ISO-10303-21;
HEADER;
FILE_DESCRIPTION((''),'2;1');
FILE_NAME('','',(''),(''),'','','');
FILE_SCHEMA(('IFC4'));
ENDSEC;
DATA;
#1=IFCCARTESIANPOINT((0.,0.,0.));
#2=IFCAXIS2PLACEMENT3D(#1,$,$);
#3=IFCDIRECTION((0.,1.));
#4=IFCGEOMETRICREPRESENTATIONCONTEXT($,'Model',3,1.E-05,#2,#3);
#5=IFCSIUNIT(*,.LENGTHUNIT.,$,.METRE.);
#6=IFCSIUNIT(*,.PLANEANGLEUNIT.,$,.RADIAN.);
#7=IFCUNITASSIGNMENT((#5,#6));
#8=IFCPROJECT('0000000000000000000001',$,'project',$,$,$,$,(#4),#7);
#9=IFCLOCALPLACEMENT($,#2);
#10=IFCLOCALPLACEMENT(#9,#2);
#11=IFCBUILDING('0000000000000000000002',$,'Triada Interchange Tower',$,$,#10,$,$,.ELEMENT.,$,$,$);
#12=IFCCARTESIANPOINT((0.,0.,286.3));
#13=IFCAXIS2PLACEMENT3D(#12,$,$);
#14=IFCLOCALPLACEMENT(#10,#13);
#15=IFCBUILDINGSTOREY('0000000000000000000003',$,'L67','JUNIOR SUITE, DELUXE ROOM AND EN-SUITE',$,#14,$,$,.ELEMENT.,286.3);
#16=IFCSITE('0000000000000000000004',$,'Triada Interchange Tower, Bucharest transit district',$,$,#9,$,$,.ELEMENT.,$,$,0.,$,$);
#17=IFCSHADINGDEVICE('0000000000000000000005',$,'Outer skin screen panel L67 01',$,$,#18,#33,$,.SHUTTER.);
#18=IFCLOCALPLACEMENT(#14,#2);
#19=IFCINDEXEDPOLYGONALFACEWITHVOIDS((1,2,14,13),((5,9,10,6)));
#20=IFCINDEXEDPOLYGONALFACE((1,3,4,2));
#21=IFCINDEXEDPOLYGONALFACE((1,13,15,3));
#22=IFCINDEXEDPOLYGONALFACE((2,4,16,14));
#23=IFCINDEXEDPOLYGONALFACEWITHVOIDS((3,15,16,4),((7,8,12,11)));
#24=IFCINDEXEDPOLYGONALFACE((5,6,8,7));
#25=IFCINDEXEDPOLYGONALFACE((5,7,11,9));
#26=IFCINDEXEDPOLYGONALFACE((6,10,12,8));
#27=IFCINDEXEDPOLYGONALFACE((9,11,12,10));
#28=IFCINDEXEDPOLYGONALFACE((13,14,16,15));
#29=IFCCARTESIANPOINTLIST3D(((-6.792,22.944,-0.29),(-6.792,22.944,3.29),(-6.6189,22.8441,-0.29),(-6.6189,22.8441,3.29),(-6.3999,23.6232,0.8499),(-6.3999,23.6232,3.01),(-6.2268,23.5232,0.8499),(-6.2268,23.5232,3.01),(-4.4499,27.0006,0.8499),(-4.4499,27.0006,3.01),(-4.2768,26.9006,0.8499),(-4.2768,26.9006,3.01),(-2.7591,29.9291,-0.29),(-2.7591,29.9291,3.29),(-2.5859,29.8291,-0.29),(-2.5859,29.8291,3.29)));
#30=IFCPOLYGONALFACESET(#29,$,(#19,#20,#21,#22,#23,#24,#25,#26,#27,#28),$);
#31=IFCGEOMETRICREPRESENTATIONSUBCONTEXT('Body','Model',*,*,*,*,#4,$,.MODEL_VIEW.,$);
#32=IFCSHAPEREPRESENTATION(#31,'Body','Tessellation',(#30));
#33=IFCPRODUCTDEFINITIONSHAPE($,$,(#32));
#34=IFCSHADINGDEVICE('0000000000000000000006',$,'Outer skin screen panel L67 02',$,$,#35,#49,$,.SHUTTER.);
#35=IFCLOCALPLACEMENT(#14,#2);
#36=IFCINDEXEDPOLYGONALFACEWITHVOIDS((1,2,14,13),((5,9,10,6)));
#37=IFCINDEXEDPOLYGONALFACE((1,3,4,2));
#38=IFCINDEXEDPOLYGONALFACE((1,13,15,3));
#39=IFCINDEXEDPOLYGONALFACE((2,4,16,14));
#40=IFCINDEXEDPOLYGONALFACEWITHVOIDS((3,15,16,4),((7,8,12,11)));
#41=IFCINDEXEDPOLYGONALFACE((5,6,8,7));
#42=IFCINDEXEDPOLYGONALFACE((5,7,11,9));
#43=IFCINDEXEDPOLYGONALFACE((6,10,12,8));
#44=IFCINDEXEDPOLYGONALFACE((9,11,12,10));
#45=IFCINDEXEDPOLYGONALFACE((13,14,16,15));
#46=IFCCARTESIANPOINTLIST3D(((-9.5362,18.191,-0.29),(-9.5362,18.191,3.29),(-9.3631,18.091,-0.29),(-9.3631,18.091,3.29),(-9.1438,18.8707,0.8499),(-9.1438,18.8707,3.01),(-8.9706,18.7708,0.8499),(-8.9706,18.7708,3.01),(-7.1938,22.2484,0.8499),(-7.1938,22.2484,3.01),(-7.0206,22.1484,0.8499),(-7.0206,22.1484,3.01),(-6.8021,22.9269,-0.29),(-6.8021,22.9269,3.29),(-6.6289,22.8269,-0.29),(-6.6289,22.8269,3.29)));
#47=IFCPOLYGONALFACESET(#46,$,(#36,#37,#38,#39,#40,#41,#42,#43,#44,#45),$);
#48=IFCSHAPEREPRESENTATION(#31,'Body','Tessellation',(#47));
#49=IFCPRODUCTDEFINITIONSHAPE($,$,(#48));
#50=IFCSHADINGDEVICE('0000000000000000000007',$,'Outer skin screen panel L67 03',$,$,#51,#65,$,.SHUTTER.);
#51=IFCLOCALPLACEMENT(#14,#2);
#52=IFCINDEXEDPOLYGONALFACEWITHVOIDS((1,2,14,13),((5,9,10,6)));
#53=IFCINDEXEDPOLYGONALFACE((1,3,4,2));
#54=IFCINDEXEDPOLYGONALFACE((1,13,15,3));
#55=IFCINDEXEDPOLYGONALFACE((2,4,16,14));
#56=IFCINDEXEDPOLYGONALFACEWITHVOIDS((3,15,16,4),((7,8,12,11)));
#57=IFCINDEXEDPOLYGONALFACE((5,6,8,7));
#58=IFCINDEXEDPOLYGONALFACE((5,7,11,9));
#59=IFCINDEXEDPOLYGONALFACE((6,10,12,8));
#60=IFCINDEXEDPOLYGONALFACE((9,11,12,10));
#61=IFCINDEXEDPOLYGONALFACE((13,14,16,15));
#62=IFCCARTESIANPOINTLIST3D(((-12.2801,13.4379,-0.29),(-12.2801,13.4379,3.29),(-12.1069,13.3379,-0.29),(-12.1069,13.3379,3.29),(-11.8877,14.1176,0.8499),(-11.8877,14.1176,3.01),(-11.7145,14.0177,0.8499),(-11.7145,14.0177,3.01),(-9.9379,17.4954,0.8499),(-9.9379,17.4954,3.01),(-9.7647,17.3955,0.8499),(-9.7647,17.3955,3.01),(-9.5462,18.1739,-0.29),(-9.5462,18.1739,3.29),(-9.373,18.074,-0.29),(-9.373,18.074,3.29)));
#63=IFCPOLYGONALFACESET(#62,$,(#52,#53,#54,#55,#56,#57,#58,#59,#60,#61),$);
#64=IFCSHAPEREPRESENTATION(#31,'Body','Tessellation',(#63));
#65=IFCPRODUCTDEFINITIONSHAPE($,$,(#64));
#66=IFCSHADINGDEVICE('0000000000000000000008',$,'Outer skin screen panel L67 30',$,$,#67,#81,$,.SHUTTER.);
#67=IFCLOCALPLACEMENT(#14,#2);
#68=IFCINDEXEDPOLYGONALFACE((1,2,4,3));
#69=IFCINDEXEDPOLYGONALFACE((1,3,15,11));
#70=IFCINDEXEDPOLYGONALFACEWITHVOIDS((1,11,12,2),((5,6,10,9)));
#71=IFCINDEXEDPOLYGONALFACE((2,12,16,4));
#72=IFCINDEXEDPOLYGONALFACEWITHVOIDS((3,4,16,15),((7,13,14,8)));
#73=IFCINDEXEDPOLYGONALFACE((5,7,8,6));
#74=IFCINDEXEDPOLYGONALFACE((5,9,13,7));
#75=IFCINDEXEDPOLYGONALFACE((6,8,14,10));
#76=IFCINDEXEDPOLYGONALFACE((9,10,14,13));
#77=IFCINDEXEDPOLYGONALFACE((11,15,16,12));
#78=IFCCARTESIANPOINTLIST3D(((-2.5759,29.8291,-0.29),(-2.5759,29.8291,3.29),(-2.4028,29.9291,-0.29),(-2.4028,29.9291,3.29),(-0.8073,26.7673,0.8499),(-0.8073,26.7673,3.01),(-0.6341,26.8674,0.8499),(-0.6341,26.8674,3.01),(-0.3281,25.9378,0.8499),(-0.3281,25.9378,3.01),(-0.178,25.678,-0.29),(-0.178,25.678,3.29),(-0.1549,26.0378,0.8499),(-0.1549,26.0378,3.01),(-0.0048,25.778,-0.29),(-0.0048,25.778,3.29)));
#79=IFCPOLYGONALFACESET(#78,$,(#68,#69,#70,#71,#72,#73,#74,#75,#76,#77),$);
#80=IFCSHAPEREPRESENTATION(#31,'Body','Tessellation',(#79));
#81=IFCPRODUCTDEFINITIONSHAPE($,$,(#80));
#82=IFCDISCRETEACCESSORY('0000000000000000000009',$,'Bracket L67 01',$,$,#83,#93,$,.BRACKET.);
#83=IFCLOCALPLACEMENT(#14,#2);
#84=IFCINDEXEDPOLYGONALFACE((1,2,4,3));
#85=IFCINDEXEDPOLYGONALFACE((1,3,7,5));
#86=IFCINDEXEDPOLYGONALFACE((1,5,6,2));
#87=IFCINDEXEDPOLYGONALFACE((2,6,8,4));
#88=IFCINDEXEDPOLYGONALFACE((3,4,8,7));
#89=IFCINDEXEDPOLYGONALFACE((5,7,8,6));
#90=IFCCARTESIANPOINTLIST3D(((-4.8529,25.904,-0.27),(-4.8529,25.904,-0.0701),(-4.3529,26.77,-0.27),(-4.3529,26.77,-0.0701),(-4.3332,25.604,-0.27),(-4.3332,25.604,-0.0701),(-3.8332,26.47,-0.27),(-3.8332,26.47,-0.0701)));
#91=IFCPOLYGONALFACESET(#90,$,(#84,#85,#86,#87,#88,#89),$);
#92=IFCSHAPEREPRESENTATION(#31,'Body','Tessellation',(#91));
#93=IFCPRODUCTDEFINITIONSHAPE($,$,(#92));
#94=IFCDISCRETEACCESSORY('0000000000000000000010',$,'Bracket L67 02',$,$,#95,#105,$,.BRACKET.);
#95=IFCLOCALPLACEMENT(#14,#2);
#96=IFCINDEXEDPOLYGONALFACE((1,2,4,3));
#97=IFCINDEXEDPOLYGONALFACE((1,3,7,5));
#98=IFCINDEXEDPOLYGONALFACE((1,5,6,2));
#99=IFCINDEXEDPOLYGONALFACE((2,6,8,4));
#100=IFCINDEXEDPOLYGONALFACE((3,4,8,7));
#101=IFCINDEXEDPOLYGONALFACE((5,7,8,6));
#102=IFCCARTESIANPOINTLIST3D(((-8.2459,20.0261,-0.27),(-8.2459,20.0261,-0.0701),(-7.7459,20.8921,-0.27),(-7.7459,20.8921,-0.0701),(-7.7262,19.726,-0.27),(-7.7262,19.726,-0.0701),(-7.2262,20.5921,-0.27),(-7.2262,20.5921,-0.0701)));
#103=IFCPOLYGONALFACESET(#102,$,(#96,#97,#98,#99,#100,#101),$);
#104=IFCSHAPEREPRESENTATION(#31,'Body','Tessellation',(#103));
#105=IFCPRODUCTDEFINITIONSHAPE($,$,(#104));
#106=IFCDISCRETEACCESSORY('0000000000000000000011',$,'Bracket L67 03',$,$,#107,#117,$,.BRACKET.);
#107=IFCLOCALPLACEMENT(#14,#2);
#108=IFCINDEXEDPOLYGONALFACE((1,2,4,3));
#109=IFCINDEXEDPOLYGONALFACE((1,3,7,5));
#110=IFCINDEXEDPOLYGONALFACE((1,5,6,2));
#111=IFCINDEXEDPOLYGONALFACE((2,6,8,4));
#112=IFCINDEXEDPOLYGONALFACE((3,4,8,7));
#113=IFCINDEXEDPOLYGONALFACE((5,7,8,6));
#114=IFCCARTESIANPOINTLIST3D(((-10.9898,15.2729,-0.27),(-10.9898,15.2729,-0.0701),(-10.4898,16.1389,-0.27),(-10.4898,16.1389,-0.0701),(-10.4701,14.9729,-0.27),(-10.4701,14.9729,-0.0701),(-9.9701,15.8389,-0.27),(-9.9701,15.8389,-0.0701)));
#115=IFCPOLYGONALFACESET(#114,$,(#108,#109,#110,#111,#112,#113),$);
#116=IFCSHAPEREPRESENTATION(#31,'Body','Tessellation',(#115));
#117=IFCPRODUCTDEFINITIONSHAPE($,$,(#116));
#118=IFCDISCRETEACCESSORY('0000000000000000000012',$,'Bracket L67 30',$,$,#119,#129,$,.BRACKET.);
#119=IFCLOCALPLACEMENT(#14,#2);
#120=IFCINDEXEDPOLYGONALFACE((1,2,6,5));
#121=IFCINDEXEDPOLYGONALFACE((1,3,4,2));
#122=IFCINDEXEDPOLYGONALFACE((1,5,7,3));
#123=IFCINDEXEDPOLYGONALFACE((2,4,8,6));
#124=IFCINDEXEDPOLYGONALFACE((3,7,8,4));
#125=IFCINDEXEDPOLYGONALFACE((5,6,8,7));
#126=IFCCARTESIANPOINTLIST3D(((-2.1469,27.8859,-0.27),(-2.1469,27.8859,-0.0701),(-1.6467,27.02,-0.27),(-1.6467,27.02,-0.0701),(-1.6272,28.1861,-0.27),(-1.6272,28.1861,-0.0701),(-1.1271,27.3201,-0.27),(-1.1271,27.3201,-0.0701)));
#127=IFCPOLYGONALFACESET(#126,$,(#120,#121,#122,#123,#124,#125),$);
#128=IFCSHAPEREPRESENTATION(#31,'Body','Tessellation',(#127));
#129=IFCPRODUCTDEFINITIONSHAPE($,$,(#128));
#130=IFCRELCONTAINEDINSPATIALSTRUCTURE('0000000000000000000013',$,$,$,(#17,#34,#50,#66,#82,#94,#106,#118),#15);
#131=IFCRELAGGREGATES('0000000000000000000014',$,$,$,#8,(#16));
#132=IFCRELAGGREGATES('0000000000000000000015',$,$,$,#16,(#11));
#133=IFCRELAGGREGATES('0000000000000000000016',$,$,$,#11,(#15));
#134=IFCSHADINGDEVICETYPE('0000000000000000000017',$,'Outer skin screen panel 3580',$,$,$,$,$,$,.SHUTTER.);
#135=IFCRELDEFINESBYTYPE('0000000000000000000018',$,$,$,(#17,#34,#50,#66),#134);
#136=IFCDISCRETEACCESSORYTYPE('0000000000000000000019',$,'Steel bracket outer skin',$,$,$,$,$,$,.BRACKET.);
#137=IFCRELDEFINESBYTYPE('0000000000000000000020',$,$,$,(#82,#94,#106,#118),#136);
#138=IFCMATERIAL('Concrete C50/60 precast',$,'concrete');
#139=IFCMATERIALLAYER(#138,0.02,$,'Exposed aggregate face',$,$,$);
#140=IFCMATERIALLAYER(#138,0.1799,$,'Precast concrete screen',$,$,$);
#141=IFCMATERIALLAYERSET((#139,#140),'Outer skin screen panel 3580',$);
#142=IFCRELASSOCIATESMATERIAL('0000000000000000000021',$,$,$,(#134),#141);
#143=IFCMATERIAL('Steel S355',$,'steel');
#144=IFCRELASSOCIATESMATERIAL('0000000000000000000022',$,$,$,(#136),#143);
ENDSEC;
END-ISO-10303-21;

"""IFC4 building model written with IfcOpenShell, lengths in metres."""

from ifc_helpers import new_model, si_unit, direction, frame, origin, origin_2d, place, context, subcontext, project, spatial, polyline, rectangle, outline, extrude, material, layer, layer_set, type_object, element, save


model = new_model("IFC4")

# Units and contexts
model_context = context("Model", 3, precision=1e-05, world=origin(), true_north=direction((0.0, 1.0)))
body_context = subcontext(model_context, "Body", "Model", "MODEL_VIEW")
ifc_project = project(units=[si_unit("LENGTHUNIT", "METRE"), si_unit("PLANEANGLEUNIT", "RADIAN")], contexts=[model_context])

# Site, building, storey
site_placement = place(None, origin())
site = spatial("IfcSite", under=ifc_project, at=site_placement, Name="Triada Interchange Tower, Bucharest transit district", CompositionType="ELEMENT", RefElevation=0.0)
building_placement = place(site_placement, origin())
building = spatial("IfcBuilding", under=site, at=building_placement, Name="Triada Interchange Tower", CompositionType="ELEMENT")
storey_placement = place(building_placement, frame((0.0, 0.0, 286.3)))
storey = spatial("IfcBuildingStorey", under=building, at=storey_placement, Name="L67", Description="JUNIOR SUITE, DELUXE ROOM AND EN-SUITE", CompositionType="ELEMENT", Elevation=286.3)

# Shading devices
ifc_material_1 = material(Name="Concrete C50/60 precast", Category="concrete")
ifc_layer_1 = layer(ifc_material_1, 0.02, Name="Exposed aggregate face")
ifc_layer_2 = layer(ifc_material_1, 0.1799, Name="Precast concrete screen")
ifc_layer_set_1 = layer_set([ifc_layer_1, ifc_layer_2], Name="Outer skin screen panel 3580")
shading_device_type = type_object("IfcShadingDeviceType", Name="Outer skin screen panel 3580", PredefinedType="SHUTTER", material=ifc_layer_set_1)
shading_device_1_placement = place(storey_placement, frame((-2.5859, 29.8291, -0.29), z_axis=(0.0, 0.0, 1.0), x_axis=(-0.50001, -0.86602, 0.0)))
element("IfcShadingDevice", 1, at=shading_device_1_placement, inside=storey, type_object=shading_device_type, Name="Outer skin screen panel L67 01", PredefinedType="SHUTTER", context=body_context, shape_type="SweptSolid", body=[
    extrude(outline(polyline([(0.0, 0.0), (8.0657, 0.0), (8.0657, 3.5801), (0.0, 3.5801), (0.0, 0.0)]), holes=[polyline([(3.3816, 1.1399), (3.3816, 3.3), (7.2815, 3.3), (7.2815, 1.1399), (3.3816, 1.1399)])]), frame((0.0, 0.0, 0.0), z_axis=(0.0, -1.0, 0.0), x_axis=(1.0, 0.0, 0.0)), (0.0, 0.0, 1.0), 0.2),
])
for number, where, z_axis, x_axis, name in (
    (2, (-6.6289, 22.8269, -0.29), (0.0, 0.0, 1.0), (-0.499985, -0.866034, 0.0), "Outer skin screen panel L67 02"),
    (3, (-9.373, 18.074, -0.29), (0.0, 0.0, 1.0), (-0.499932, -0.866064, 0.0), "Outer skin screen panel L67 03"),
):
    element("IfcShadingDevice", number, at=place(storey_placement, frame(where, z_axis=z_axis, x_axis=x_axis)), inside=storey, type_object=shading_device_type, Name=name, PredefinedType="SHUTTER", context=body_context, shape_type="SweptSolid", body=[
        extrude(outline(polyline([(0.0, 0.0), (5.4685, 0.0), (5.4685, 3.5801), (0.0, 3.5801), (0.0, 0.0)]), holes=[polyline([(0.7834, 1.1399), (0.7834, 3.3), (4.6836, 3.3), (4.6836, 1.1399), (0.7834, 1.1399)])]), frame((0.0, 0.0, 0.0), z_axis=(0.0, -1.0, 0.0), x_axis=(1.0, 0.0, 0.0)), (0.0, 0.0, 1.0), 0.2),
    ])
shading_device_2_placement = place(storey_placement, frame((-0.178, 25.678, -0.29), z_axis=(0.0, 0.0, 1.0), x_axis=(-0.500203, 0.865908, 0.0)))
element("IfcShadingDevice", 4, at=shading_device_2_placement, inside=storey, type_object=shading_device_type, Name="Outer skin screen panel L67 30", PredefinedType="SHUTTER", context=body_context, shape_type="SweptSolid", body=[
    extrude(outline(polyline([(0.0, 0.0), (4.7939, 0.0), (4.7939, 3.5801), (0.0, 3.5801), (0.0, 0.0)]), holes=[polyline([(0.3, 1.1399), (0.3, 3.3), (1.2581, 3.3), (1.2581, 1.1399), (0.3, 1.1399)])]), frame((0.0, 0.0, 0.0), z_axis=(0.0, -1.0, 0.0), x_axis=(1.0, 0.0, 0.0)), (0.0, 0.0, 1.0), 0.2),
])

# Discrete accessories
ifc_material_2 = material(Name="Steel S355", Category="steel")
discrete_accessory_type = type_object("IfcDiscreteAccessoryType", Name="Steel bracket outer skin", PredefinedType="BRACKET", material=ifc_material_2)
for number, where, z_axis, x_axis, name in (
    (5, (-4.343, 26.187, -0.27), (0.0, 0.0, 1.0), (-0.866024, 0.500002, 0.0), "Bracket L67 01"),
    (6, (-7.7361, 20.3091, -0.27), (0.0, 0.0, 1.0), (-0.866024, 0.500002, 0.0), "Bracket L67 02"),
    (7, (-10.48, 15.5559, -0.27), (0.0, 0.0, 1.0), (-0.866024, 0.500002, 0.0), "Bracket L67 03"),
    (8, (-1.637, 27.603, -0.27), (0.0, 0.0, 1.0), (0.865956, 0.500119, 0.0), "Bracket L67 30"),
):
    element("IfcDiscreteAccessory", number, at=place(storey_placement, frame(where, z_axis=z_axis, x_axis=x_axis)), inside=storey, type_object=discrete_accessory_type, Name=name, PredefinedType="BRACKET", context=body_context, shape_type="SweptSolid", body=[
        extrude(rectangle(XDim=0.6001, YDim=1.0, at=origin_2d()), origin(), (0.0, 0.0, 1.0), 0.2),
    ])

save(model, "model.ifc")
